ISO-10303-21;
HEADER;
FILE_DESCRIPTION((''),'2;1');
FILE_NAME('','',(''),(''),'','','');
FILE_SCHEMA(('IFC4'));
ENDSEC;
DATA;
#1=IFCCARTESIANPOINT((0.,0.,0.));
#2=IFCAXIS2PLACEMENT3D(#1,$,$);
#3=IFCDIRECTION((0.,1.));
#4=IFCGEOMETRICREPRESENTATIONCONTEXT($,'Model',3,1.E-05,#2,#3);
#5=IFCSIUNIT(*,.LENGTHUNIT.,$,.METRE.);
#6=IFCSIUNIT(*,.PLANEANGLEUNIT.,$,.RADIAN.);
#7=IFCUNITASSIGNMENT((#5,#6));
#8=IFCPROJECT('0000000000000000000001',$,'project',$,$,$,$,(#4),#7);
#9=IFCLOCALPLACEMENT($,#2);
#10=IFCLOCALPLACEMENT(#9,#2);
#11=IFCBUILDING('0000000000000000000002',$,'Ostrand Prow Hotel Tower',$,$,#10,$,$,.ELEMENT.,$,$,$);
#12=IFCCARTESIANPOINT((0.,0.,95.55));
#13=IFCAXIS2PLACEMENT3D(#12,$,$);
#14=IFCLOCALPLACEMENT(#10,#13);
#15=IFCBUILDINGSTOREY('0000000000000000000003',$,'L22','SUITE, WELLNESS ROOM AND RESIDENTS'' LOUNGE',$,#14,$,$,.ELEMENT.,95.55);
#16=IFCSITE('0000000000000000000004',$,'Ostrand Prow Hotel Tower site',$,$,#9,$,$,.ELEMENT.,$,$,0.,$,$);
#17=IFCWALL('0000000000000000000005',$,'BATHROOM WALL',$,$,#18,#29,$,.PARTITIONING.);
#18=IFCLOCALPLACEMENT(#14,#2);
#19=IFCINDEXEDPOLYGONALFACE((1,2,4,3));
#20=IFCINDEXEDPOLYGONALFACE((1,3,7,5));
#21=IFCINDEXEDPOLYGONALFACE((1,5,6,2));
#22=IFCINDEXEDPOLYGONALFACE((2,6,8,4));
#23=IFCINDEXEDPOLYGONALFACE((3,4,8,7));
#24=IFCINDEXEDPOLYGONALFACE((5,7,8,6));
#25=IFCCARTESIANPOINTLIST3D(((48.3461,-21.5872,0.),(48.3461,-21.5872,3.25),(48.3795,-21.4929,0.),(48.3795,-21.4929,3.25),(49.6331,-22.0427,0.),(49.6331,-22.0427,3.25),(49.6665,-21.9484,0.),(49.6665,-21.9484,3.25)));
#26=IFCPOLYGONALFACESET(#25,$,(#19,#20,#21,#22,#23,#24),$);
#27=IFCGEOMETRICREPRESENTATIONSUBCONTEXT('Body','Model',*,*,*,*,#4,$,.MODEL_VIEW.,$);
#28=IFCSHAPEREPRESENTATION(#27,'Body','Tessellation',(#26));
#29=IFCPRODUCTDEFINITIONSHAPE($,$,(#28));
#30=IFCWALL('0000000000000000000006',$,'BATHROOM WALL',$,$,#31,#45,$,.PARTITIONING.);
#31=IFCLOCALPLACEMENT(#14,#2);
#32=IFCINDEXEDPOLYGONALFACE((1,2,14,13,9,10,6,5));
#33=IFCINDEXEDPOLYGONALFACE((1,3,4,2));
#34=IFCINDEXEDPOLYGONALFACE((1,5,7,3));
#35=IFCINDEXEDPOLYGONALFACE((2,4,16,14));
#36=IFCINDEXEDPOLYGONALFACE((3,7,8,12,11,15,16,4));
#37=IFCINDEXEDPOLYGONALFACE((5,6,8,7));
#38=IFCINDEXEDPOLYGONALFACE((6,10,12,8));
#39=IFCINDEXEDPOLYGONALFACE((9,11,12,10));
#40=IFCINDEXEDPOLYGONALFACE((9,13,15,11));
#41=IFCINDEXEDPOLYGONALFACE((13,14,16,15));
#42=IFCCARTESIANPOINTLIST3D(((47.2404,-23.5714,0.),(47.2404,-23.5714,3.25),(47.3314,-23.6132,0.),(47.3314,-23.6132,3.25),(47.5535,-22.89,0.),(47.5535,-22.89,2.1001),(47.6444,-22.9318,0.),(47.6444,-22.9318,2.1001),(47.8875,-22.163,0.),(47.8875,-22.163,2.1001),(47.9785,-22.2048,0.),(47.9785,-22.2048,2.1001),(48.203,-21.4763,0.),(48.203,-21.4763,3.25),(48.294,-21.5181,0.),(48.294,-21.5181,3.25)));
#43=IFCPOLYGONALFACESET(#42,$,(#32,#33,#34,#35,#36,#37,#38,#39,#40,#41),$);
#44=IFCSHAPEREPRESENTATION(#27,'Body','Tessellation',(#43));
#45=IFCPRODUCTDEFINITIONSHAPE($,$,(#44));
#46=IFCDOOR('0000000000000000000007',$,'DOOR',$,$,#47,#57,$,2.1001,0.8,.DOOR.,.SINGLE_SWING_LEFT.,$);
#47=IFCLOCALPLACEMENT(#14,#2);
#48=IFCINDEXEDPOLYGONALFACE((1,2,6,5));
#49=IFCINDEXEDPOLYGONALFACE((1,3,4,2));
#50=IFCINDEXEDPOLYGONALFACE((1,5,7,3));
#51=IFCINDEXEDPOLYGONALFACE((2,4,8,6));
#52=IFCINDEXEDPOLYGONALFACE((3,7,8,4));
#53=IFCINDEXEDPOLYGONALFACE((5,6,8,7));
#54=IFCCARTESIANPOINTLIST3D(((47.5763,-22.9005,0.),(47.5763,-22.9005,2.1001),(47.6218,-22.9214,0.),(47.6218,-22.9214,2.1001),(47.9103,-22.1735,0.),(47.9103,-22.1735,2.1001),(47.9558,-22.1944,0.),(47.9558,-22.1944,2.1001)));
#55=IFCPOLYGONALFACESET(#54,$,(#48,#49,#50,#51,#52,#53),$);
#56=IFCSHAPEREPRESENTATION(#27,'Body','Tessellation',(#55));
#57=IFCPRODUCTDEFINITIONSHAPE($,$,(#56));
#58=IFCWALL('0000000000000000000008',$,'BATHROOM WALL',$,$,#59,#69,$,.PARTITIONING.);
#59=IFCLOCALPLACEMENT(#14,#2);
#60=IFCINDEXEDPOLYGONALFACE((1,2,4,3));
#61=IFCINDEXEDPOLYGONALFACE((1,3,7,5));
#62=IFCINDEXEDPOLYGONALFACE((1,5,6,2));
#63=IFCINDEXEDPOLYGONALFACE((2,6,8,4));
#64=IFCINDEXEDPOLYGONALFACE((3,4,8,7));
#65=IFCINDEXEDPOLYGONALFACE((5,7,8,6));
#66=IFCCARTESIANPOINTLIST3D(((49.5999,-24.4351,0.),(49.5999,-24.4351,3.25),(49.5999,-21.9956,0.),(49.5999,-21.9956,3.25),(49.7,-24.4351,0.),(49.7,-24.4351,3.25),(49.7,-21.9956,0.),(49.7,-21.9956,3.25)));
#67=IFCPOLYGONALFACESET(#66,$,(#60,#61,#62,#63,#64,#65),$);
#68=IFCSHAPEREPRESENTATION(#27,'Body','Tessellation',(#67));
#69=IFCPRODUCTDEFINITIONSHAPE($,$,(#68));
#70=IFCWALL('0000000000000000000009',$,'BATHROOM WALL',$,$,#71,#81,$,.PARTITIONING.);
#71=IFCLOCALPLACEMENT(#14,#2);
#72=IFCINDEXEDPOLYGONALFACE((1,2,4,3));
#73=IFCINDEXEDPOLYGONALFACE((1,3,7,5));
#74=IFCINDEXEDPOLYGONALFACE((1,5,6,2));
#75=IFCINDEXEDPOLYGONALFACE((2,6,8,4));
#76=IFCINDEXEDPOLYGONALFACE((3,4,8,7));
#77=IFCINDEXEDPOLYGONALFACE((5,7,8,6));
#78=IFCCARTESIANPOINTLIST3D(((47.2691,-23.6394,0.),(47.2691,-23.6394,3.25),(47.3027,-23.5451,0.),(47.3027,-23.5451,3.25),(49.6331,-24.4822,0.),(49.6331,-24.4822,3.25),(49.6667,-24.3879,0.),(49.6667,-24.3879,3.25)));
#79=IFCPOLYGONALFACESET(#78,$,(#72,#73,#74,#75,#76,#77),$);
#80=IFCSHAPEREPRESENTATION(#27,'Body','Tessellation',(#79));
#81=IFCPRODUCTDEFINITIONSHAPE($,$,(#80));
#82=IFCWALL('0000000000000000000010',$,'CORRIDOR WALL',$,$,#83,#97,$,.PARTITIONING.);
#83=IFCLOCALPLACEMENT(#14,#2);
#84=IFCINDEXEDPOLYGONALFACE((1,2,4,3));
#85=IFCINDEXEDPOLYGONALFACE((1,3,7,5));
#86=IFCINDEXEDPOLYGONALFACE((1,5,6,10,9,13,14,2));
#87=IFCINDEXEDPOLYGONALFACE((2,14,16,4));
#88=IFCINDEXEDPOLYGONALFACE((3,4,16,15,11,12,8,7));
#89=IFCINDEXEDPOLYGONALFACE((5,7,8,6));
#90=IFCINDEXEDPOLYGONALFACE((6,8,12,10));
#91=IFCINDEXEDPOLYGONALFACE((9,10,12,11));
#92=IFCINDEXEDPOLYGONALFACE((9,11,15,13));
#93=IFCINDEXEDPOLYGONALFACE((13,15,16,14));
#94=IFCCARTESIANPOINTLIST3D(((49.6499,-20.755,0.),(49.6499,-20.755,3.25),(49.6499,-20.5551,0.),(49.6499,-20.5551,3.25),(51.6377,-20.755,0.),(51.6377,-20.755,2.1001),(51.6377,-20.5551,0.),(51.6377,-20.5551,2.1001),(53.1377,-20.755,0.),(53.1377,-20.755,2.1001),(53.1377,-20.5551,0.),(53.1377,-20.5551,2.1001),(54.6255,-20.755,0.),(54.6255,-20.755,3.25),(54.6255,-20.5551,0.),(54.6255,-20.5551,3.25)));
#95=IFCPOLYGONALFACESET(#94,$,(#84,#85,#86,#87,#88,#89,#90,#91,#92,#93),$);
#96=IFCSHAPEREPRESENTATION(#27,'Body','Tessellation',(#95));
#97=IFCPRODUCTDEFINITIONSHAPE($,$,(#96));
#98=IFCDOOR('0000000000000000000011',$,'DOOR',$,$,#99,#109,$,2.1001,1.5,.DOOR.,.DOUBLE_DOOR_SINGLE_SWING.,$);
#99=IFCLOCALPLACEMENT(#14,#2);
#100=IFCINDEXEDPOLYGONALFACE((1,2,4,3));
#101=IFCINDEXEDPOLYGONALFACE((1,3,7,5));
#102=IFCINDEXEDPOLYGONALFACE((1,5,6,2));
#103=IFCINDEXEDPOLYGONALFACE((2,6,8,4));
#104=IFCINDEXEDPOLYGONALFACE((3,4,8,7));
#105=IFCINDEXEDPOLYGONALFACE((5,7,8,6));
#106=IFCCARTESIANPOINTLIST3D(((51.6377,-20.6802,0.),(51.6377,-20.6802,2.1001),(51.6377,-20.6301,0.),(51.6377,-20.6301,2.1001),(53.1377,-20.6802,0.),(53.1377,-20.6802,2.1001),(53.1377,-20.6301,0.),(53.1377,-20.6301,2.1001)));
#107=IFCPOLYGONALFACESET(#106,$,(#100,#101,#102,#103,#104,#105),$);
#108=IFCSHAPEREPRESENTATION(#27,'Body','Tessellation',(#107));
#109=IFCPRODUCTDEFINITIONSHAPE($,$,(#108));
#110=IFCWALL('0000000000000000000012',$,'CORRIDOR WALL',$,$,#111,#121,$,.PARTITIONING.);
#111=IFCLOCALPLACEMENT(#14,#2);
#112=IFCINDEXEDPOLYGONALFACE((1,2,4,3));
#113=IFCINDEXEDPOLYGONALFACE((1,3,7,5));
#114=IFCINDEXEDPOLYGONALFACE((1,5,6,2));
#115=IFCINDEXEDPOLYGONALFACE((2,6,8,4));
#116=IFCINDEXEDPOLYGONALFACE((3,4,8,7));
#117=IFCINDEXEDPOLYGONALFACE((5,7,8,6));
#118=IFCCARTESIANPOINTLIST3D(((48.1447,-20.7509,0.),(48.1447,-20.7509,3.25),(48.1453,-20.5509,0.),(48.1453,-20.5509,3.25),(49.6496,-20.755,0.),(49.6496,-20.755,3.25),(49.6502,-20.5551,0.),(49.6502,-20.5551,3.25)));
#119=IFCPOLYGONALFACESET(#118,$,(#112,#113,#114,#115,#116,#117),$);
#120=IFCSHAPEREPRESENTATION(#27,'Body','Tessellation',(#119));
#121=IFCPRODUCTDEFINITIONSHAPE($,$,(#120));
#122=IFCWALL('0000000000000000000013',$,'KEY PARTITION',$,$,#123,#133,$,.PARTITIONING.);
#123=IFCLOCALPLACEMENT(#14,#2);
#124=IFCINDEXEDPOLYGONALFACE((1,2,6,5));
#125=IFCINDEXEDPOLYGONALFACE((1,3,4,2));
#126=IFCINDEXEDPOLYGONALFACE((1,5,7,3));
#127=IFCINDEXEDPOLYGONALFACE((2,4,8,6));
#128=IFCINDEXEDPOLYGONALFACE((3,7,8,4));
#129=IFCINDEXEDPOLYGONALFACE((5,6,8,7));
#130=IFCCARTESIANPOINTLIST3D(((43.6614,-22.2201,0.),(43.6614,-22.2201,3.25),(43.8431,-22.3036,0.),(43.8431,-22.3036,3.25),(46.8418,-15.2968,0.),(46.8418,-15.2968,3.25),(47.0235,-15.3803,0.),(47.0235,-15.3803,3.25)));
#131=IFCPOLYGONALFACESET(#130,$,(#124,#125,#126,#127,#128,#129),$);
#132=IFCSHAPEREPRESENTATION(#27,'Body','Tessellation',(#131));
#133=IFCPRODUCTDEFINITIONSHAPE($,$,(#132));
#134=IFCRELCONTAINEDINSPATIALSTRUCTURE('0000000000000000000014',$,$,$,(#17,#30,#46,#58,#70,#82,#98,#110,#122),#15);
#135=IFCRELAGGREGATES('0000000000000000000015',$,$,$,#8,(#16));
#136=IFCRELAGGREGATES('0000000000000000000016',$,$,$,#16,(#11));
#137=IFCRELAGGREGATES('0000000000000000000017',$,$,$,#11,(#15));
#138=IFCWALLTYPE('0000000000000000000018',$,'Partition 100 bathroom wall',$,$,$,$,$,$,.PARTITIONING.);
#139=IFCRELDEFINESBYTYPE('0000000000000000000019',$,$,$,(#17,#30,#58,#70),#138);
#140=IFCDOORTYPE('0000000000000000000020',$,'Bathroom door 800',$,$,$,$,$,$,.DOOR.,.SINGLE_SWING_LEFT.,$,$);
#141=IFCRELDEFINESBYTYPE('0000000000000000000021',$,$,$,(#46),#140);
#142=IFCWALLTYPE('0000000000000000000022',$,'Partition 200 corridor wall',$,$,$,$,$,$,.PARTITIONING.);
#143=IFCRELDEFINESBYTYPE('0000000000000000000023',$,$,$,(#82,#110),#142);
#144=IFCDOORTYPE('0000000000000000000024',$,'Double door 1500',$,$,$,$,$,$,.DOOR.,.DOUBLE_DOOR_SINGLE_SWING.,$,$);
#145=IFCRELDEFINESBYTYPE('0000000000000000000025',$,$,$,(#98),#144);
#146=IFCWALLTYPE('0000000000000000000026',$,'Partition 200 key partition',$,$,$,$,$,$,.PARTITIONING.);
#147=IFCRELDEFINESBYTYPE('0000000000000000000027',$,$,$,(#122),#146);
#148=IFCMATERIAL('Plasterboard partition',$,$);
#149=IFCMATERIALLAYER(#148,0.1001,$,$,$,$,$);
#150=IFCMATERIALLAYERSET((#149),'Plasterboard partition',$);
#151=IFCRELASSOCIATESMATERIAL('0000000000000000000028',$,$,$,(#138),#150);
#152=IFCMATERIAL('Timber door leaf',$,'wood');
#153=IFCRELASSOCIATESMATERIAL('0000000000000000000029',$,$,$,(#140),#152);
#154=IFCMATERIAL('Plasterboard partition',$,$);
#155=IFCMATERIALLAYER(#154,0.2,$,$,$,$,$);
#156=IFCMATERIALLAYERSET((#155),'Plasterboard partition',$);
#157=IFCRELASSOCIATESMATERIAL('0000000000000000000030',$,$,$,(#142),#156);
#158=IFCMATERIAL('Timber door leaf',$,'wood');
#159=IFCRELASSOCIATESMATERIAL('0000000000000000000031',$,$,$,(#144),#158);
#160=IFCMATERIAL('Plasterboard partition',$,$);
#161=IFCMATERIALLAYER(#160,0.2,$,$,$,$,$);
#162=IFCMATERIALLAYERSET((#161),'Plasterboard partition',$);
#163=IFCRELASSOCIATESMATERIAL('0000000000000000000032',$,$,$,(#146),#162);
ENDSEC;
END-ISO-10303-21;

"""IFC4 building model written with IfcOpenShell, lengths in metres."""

from ifc_helpers import new_model, si_unit, direction, frame, frame_2d, origin, place, context, subcontext, project, spatial, rectangle, extrude, material, layer, layer_set, type_object, element, fill, save


model = new_model("IFC4")

# Units and contexts
model_context = context("Model", 3, precision=1e-05, world=origin(), true_north=direction((0.0, 1.0)))
body_context = subcontext(model_context, "Body", "Model", "MODEL_VIEW")
ifc_project = project(units=[si_unit("LENGTHUNIT", "METRE"), si_unit("PLANEANGLEUNIT", "RADIAN")], contexts=[model_context])

# Site, building, storey
site_placement = place(None, origin())
site = spatial("IfcSite", under=ifc_project, at=site_placement, Name="Ostrand Prow Hotel Tower site", CompositionType="ELEMENT", RefElevation=0.0)
building_placement = place(site_placement, origin())
building = spatial("IfcBuilding", under=site, at=building_placement, Name="Ostrand Prow Hotel Tower", CompositionType="ELEMENT")
storey_placement = place(building_placement, frame((0.0, 0.0, 95.55)))
storey = spatial("IfcBuildingStorey", under=building, at=storey_placement, Name="L22", Description="SUITE, WELLNESS ROOM AND RESIDENTS' LOUNGE", CompositionType="ELEMENT", Elevation=95.55)

# Wall
ifc_material_1 = material(Name="Plasterboard partition")
ifc_layer_1 = layer(ifc_material_1, 0.1001)
ifc_layer_set_1 = layer_set([ifc_layer_1], Name="Plasterboard partition")
wall_type_1 = type_object("IfcWallType", Name="Partition 100 bathroom wall", PredefinedType="PARTITIONING", material=ifc_layer_set_1)
wall_1_placement = place(storey_placement, frame((48.3628, -21.54, 0.0), z_axis=(0.0, 0.0, 1.0), x_axis=(0.942693, -0.333662, 0.0)))
element("IfcWall", 1, at=wall_1_placement, inside=storey, type_object=wall_type_1, Name="BATHROOM WALL", PredefinedType="PARTITIONING", context=body_context, shape_type="SweptSolid", body=[
    extrude(rectangle(XDim=1.3652, YDim=0.1001, at=frame_2d((0.6826, 0.0))), origin(), (0.0, 0.0, 1.0), 3.25),
])

# Wall, opening, door
wall_2_placement = place(storey_placement, frame((47.2859, -23.5923, 0.0), z_axis=(0.0, 0.0, 1.0), x_axis=(0.417493, 0.90868, 0.0)))
wall_2 = element("IfcWall", 2, at=wall_2_placement, inside=storey, type_object=wall_type_1, Name="BATHROOM WALL", PredefinedType="PARTITIONING", context=body_context, shape_type="SweptSolid", body=[
    extrude(rectangle(XDim=2.3057, YDim=0.1001, at=frame_2d((1.1528, 0.0))), origin(), (0.0, 0.0, 1.0), 3.25),
])
opening_1_placement = place(wall_2_placement, frame((0.75, 0.0, 0.0)))
opening_1 = element("IfcOpeningElement", 3, at=opening_1_placement, cuts=wall_2, PredefinedType="OPENING", context=body_context, shape_type="SweptSolid", body=[
    extrude(rectangle(XDim=0.8, YDim=2.1001, at=frame_2d((0.3999, 1.05))), frame((0.0, 0.0601, 0.0), z_axis=(0.0, -1.0, 0.0), x_axis=(1.0, 0.0, 0.0)), (0.0, 0.0, 1.0), 0.1201),
])
ifc_material_2 = material(Name="Timber door leaf", Category="wood")
door_type_1 = type_object("IfcDoorType", Name="Bathroom door 800", OperationType="SINGLE_SWING_LEFT", PredefinedType="DOOR", material=ifc_material_2)
door_1_placement = place(opening_1_placement, origin())
door_1 = element("IfcDoor", 4, at=door_1_placement, inside=storey, type_object=door_type_1, Name="DOOR", OperationType="SINGLE_SWING_LEFT", OverallHeight=2.1001, OverallWidth=0.8, PredefinedType="DOOR", context=body_context, shape_type="SweptSolid", body=[
    extrude(rectangle(XDim=0.8, YDim=2.1001, at=frame_2d((0.3999, 1.05))), frame((0.0, 0.0249, 0.0), z_axis=(0.0, -1.0, 0.0), x_axis=(1.0, 0.0, 0.0)), (0.0, 0.0, 1.0), 0.05),
])
fill(opening_1, door_1)

# Walls
wall_3_placement = place(storey_placement, frame((49.6499, -21.9956, 0.0), z_axis=(0.0, 0.0, 1.0), x_axis=(0.0, -1.0, 0.0)))
element("IfcWall", 5, at=wall_3_placement, inside=storey, type_object=wall_type_1, Name="BATHROOM WALL", PredefinedType="PARTITIONING", context=body_context, shape_type="SweptSolid", body=[
    extrude(rectangle(XDim=2.4395, YDim=0.1001, at=frame_2d((1.2197, 0.0))), origin(), (0.0, 0.0, 1.0), 3.25),
])
wall_4_placement = place(storey_placement, frame((49.6499, -24.4351, 0.0), z_axis=(0.0, 0.0, 1.0), x_axis=(-0.941933, 0.3358, 0.0)))
element("IfcWall", 6, at=wall_4_placement, inside=storey, type_object=wall_type_1, Name="BATHROOM WALL", PredefinedType="PARTITIONING", context=body_context, shape_type="SweptSolid", body=[
    extrude(rectangle(XDim=2.5098, YDim=0.1001, at=frame_2d((1.2549, 0.0))), origin(), (0.0, 0.0, 1.0), 3.25),
])

# Wall, opening, door
ifc_material_3 = material(Name="Plasterboard partition")
ifc_layer_2 = layer(ifc_material_3, 0.2)
ifc_layer_set_2 = layer_set([ifc_layer_2], Name="Plasterboard partition")
wall_type_2 = type_object("IfcWallType", Name="Partition 200 corridor wall", PredefinedType="PARTITIONING", material=ifc_layer_set_2)
wall_5_placement = place(storey_placement, frame((49.6499, -20.655, 0.0), z_axis=(0.0, 0.0, 1.0), x_axis=(1.0, 0.0, 0.0)))
wall_5 = element("IfcWall", 7, at=wall_5_placement, inside=storey, type_object=wall_type_2, Name="CORRIDOR WALL", PredefinedType="PARTITIONING", context=body_context, shape_type="SweptSolid", body=[
    extrude(rectangle(XDim=4.9756, YDim=0.2, at=frame_2d((2.4878, 0.0))), origin(), (0.0, 0.0, 1.0), 3.25),
])
opening_2_placement = place(wall_5_placement, frame((1.9878, 0.0, 0.0)))
opening_2 = element("IfcOpeningElement", 8, at=opening_2_placement, cuts=wall_5, PredefinedType="OPENING", context=body_context, shape_type="SweptSolid", body=[
    extrude(rectangle(XDim=1.5, YDim=2.1001, at=frame_2d((0.75, 1.05))), frame((0.0, 0.1099, 0.0), z_axis=(0.0, -1.0, 0.0), x_axis=(1.0, 0.0, 0.0)), (0.0, 0.0, 1.0), 0.22),
])
ifc_material_4 = material(Name="Timber door leaf", Category="wood")
door_type_2 = type_object("IfcDoorType", Name="Double door 1500", OperationType="DOUBLE_DOOR_SINGLE_SWING", PredefinedType="DOOR", material=ifc_material_4)
door_2_placement = place(opening_2_placement, origin())
door_2 = element("IfcDoor", 9, at=door_2_placement, inside=storey, type_object=door_type_2, Name="DOOR", OperationType="DOUBLE_DOOR_SINGLE_SWING", OverallHeight=2.1001, OverallWidth=1.5, PredefinedType="DOOR", context=body_context, shape_type="SweptSolid", body=[
    extrude(rectangle(XDim=1.5, YDim=2.1001, at=frame_2d((0.75, 1.05))), frame((0.0, 0.0249, 0.0), z_axis=(0.0, -1.0, 0.0), x_axis=(1.0, 0.0, 0.0)), (0.0, 0.0, 1.0), 0.05),
])
fill(opening_2, door_2)

# Walls
wall_6_placement = place(storey_placement, frame((48.145, -20.6509, 0.0), z_axis=(0.0, 0.0, 1.0), x_axis=(0.999996, -0.002758, 0.0)))
element("IfcWall", 10, at=wall_6_placement, inside=storey, type_object=wall_type_2, Name="CORRIDOR WALL", PredefinedType="PARTITIONING", context=body_context, shape_type="SweptSolid", body=[
    extrude(rectangle(XDim=1.5049, YDim=0.2, at=frame_2d((0.7524, 0.0))), origin(), (0.0, 0.0, 1.0), 3.25),
])
ifc_material_5 = material(Name="Plasterboard partition")
ifc_layer_3 = layer(ifc_material_5, 0.2)
ifc_layer_set_3 = layer_set([ifc_layer_3], Name="Plasterboard partition")
wall_type_3 = type_object("IfcWallType", Name="Partition 200 key partition", PredefinedType="PARTITIONING", material=ifc_layer_set_3)
wall_7_placement = place(storey_placement, frame((43.7522, -22.262, 0.0), z_axis=(0.0, 0.0, 1.0), x_axis=(0.417438, 0.908705, 0.0)))
element("IfcWall", 11, at=wall_7_placement, inside=storey, type_object=wall_type_3, Name="KEY PARTITION", PredefinedType="PARTITIONING", context=body_context, shape_type="SweptSolid", body=[
    extrude(rectangle(XDim=7.6189, YDim=0.2, at=frame_2d((3.8096, 0.0))), origin(), (0.0, 0.0, 1.0), 3.25),
])

save(model, "model.ifc")
